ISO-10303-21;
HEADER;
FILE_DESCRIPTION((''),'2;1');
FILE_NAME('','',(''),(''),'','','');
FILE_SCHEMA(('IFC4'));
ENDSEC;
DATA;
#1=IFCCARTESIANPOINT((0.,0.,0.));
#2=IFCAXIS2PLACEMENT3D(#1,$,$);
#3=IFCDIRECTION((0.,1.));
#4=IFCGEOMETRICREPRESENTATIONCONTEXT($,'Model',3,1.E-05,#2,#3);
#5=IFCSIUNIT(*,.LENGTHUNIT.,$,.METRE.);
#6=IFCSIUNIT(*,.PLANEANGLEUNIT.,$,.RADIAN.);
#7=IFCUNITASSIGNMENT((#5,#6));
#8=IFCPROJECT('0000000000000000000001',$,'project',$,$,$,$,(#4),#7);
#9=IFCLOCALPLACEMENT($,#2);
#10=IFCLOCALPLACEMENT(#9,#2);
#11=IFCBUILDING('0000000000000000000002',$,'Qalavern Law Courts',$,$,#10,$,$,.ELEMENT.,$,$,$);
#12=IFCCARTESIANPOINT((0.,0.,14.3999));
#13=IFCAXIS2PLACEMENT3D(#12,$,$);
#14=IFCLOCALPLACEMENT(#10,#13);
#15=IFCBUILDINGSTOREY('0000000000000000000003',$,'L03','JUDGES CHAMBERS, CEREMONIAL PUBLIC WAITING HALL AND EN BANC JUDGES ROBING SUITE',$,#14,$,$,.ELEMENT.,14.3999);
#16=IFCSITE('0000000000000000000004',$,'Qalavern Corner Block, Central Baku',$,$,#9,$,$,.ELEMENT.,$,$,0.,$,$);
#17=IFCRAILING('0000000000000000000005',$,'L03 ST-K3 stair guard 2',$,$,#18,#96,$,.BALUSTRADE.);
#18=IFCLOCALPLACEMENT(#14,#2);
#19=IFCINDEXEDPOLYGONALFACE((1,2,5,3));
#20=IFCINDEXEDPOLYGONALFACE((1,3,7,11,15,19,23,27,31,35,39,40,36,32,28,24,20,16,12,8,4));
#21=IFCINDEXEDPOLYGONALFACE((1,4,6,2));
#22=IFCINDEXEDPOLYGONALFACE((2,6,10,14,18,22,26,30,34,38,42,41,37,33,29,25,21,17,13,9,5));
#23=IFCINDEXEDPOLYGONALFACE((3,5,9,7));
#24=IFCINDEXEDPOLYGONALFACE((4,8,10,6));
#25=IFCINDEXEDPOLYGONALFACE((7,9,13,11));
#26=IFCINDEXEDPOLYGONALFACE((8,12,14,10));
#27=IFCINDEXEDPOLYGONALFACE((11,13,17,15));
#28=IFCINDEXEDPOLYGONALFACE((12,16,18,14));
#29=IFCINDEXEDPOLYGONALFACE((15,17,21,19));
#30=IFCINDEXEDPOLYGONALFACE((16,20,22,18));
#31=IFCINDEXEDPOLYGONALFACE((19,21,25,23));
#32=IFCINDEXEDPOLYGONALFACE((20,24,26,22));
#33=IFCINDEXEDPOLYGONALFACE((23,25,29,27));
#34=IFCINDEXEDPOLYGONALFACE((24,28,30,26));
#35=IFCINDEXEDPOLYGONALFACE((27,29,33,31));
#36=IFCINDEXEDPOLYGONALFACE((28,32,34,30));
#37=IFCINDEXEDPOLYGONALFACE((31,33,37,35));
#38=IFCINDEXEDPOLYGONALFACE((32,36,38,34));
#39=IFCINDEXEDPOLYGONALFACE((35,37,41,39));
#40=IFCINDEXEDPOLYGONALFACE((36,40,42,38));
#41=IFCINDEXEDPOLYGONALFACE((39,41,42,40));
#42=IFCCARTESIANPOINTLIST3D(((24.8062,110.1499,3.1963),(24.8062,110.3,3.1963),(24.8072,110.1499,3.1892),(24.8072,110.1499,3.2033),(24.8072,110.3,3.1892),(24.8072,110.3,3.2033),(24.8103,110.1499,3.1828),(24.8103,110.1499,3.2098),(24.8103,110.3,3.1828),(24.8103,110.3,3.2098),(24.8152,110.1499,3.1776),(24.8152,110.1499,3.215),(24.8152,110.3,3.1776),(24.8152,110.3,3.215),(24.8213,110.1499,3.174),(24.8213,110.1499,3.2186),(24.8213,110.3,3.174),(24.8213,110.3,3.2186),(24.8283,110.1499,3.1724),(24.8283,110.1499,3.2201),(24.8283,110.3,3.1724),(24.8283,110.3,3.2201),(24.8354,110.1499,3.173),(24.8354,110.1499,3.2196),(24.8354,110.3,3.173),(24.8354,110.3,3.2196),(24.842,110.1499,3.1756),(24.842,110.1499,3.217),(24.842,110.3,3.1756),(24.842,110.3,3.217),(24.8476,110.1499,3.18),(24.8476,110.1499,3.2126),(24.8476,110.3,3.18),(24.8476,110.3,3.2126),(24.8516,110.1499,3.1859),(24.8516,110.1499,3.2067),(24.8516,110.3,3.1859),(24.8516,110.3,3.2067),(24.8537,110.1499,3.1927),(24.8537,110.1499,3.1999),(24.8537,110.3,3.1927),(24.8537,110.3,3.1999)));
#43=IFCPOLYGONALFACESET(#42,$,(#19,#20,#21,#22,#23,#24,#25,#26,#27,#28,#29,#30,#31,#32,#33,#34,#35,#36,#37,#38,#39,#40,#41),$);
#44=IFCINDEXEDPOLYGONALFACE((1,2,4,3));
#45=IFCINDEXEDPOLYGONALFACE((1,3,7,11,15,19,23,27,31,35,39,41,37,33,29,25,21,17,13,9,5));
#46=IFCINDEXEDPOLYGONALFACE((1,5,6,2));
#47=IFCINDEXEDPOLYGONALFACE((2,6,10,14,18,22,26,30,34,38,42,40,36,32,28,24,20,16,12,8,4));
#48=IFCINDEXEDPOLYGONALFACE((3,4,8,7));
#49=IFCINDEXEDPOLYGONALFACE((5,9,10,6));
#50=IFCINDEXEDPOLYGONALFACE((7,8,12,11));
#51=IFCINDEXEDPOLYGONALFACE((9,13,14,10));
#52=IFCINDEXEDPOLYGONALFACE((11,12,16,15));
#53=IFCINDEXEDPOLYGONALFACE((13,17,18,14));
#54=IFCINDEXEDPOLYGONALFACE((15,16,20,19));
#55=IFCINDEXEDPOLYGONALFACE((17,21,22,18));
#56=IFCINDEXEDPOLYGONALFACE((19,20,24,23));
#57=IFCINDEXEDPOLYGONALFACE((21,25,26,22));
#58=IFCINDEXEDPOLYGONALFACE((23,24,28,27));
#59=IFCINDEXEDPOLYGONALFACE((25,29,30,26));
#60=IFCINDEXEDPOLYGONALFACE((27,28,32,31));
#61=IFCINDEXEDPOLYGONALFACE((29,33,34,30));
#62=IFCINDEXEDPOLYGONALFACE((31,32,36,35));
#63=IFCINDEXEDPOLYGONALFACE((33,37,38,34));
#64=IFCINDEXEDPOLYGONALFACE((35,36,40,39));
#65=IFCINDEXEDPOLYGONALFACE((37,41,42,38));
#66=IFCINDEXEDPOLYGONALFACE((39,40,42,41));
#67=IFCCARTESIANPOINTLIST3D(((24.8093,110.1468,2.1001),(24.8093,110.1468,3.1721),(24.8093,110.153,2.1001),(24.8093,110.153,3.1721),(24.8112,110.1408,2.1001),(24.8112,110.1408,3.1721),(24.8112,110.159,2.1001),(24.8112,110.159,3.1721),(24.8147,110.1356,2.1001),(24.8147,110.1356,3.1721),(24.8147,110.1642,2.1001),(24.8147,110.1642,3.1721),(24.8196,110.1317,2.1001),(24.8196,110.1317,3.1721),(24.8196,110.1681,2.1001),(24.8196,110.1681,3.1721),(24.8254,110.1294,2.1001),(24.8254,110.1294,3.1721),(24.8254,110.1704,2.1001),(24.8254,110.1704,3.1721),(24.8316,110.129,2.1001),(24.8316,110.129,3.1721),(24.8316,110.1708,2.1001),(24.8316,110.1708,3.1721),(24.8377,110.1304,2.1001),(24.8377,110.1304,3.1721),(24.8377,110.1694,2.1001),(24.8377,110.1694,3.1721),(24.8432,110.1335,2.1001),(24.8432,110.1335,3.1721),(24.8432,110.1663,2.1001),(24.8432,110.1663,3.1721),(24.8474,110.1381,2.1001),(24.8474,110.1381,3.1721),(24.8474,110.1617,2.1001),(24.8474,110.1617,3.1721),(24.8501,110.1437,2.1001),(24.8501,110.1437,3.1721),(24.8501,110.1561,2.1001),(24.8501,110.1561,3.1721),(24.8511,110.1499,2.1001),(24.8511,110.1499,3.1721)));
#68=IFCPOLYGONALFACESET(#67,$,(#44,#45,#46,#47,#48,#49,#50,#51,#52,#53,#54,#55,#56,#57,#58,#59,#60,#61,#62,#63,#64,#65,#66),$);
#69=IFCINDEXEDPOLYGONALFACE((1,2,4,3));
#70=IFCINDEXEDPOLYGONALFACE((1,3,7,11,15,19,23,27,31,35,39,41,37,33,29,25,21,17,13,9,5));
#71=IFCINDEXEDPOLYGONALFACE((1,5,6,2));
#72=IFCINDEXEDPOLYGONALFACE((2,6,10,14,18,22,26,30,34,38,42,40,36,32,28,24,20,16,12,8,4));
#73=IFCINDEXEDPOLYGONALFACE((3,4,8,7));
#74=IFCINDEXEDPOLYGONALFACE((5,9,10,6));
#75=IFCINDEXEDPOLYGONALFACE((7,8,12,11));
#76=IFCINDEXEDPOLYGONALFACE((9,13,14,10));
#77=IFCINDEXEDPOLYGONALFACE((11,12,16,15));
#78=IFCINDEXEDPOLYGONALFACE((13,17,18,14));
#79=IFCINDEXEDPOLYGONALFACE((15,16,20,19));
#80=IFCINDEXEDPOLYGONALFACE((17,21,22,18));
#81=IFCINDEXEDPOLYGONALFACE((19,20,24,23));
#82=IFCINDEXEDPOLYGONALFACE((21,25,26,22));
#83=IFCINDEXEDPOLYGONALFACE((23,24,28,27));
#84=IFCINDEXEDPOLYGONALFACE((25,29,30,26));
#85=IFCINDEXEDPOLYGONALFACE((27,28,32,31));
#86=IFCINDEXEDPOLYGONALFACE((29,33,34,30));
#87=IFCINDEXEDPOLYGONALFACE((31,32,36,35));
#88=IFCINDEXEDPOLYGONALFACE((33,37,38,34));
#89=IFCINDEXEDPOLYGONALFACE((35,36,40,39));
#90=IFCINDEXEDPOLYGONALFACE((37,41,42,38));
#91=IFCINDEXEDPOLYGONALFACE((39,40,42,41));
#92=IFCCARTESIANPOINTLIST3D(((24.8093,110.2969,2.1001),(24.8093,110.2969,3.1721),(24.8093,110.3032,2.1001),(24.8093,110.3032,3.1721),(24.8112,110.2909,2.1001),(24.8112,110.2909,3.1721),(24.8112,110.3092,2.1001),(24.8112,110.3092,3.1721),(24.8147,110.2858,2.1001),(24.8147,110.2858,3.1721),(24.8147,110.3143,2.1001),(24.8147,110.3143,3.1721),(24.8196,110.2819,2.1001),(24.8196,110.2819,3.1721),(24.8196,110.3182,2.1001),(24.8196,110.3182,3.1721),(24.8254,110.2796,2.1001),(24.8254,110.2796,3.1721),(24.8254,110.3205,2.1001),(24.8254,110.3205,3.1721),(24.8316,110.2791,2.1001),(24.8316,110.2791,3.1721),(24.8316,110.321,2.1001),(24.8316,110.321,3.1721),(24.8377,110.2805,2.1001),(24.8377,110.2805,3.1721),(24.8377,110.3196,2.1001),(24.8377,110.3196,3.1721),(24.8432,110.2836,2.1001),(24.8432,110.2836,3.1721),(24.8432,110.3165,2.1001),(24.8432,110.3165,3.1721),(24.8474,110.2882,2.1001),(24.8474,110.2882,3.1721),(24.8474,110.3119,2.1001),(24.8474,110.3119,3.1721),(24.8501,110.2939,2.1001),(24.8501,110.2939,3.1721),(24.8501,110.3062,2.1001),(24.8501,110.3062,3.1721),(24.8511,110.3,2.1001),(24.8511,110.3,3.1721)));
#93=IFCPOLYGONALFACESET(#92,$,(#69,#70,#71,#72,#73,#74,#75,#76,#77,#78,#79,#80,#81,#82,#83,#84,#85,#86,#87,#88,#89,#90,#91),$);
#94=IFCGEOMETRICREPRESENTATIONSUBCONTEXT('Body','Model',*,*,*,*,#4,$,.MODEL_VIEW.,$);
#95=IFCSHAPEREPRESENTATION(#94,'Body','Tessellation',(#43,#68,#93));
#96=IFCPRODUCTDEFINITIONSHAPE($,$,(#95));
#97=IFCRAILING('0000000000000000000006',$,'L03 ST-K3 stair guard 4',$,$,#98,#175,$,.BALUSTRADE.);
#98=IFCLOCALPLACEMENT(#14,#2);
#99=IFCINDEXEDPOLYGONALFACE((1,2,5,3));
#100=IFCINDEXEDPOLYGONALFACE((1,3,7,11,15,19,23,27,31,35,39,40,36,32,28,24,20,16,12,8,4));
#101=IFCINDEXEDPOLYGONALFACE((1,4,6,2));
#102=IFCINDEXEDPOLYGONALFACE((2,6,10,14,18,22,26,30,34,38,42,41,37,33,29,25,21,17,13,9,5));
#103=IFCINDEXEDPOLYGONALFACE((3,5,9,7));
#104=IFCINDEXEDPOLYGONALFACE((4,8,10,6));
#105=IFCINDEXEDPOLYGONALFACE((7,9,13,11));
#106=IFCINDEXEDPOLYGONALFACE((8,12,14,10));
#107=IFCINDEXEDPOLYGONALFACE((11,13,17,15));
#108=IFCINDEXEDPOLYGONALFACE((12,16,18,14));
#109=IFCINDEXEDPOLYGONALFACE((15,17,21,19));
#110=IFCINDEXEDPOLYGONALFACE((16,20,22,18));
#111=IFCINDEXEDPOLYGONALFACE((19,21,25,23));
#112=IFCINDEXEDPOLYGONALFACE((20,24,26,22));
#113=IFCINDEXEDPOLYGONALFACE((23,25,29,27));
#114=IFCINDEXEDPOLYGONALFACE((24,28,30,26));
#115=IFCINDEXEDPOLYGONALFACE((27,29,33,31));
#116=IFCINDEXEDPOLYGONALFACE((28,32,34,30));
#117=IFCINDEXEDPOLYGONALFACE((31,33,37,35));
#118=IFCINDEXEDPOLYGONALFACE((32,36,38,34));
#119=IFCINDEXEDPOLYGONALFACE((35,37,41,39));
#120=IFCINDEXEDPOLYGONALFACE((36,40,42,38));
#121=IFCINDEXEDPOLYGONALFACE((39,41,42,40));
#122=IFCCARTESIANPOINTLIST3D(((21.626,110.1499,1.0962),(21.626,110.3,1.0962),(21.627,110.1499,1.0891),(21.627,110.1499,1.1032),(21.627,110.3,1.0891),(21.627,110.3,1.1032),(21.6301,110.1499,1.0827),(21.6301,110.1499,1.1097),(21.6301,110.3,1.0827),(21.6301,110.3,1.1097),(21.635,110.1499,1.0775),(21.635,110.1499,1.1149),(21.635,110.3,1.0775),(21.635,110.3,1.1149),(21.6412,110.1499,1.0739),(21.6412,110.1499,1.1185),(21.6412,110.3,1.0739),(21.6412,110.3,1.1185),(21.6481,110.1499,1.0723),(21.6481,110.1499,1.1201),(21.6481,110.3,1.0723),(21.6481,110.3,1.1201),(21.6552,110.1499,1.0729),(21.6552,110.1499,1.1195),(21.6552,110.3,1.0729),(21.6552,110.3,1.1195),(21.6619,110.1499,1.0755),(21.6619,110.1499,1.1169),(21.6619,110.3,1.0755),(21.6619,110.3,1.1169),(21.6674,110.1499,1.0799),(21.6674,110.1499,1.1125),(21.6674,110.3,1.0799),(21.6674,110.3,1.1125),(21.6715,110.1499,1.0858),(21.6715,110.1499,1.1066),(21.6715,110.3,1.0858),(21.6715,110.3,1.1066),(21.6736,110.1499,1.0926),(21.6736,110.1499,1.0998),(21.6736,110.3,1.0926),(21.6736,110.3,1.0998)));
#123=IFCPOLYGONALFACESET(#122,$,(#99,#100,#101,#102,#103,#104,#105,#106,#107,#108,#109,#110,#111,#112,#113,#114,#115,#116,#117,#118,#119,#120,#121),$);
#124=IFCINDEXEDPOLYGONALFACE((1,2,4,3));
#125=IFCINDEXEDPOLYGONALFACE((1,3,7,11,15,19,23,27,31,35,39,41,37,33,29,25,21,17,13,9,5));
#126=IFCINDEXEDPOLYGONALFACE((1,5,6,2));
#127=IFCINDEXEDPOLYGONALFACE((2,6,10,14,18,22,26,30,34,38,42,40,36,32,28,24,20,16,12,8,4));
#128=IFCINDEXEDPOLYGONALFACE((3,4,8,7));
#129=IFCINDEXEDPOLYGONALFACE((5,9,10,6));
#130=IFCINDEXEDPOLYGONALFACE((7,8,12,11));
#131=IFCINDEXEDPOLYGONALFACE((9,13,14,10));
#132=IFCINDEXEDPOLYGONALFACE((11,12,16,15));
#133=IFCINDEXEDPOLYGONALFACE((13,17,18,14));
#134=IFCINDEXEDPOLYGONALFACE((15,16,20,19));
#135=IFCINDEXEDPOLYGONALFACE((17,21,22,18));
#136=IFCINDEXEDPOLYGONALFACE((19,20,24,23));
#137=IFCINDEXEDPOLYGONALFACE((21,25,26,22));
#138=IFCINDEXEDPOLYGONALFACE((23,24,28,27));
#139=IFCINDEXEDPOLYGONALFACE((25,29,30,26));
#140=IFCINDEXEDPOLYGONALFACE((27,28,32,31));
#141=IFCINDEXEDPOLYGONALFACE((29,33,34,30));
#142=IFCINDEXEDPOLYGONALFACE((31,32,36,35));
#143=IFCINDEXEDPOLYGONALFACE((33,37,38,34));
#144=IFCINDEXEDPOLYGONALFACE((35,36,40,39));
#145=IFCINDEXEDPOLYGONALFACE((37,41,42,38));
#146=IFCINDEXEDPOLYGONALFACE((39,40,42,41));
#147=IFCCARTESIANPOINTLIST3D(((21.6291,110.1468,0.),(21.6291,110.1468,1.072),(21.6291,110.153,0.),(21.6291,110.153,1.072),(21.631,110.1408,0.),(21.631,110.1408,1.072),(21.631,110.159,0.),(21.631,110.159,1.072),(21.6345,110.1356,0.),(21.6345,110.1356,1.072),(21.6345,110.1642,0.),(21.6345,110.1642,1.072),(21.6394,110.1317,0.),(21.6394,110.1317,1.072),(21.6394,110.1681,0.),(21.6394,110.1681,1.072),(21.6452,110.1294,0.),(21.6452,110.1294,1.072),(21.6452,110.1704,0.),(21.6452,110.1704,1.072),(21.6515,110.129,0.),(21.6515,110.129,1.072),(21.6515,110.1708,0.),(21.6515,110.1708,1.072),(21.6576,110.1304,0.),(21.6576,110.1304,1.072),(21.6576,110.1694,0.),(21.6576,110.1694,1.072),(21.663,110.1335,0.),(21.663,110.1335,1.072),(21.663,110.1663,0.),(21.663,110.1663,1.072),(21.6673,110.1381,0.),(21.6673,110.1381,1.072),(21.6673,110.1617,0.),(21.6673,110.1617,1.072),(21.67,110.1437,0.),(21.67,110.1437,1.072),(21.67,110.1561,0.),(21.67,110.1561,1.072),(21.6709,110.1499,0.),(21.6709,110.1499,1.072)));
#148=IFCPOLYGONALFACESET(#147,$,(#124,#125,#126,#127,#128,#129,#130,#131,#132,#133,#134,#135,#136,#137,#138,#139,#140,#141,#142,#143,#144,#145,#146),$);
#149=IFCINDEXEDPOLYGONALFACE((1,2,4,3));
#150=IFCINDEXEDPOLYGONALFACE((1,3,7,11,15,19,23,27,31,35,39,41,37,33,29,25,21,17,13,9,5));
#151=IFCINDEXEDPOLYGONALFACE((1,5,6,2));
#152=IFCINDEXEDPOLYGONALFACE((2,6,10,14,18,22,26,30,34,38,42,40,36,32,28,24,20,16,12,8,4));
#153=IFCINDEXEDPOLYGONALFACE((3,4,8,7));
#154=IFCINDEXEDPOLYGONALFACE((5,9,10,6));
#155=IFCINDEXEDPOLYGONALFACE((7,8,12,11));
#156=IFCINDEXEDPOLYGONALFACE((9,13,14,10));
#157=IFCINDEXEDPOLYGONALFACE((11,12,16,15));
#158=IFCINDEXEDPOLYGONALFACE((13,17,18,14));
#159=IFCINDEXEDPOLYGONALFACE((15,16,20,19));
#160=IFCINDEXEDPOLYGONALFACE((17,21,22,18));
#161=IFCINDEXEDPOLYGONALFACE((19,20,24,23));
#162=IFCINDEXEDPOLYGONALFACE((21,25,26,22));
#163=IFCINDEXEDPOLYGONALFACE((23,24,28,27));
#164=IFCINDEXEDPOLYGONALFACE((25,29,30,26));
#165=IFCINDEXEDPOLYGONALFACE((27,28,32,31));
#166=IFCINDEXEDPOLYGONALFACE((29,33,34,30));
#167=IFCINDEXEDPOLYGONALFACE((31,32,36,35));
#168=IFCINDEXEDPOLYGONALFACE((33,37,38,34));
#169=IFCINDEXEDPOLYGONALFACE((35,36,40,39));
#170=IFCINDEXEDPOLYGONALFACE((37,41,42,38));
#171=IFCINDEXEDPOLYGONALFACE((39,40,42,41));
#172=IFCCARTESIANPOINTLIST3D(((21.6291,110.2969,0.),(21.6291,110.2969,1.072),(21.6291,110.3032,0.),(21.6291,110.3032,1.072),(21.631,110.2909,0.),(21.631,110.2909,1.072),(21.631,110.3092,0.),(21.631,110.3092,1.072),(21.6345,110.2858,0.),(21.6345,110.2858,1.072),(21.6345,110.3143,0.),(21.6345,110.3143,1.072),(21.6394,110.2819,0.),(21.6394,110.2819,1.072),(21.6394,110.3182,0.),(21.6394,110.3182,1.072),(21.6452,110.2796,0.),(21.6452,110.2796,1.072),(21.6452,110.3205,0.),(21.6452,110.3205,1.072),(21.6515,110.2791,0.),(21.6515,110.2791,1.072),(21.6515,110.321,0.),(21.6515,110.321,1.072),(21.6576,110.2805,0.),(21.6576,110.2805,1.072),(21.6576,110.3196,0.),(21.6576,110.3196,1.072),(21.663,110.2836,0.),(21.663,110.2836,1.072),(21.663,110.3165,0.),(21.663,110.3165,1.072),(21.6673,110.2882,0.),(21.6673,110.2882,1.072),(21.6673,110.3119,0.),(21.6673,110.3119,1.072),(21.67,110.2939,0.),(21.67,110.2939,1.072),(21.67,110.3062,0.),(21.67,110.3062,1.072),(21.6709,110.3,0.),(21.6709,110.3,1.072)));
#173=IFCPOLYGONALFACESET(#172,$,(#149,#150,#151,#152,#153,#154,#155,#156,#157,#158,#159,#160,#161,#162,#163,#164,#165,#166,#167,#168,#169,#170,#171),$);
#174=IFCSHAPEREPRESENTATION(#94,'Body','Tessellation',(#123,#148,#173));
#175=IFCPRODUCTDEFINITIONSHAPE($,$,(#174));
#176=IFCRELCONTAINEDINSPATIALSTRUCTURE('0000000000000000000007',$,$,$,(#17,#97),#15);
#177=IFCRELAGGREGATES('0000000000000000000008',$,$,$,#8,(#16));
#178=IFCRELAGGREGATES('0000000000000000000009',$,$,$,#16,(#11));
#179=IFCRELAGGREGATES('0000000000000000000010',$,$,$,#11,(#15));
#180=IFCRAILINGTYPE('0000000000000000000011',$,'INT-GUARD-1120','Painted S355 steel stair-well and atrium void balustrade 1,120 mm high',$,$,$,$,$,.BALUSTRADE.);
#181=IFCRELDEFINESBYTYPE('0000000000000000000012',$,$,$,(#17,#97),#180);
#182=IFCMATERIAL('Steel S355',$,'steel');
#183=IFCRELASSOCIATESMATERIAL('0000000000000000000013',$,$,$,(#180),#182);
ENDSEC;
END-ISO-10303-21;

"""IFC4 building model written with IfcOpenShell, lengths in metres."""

from ifc_helpers import new_model, si_unit, direction, frame, origin, origin_2d, place, context, subcontext, project, spatial, circle, extrude, material, type_object, element, save


model = new_model("IFC4")

# Units and contexts
model_context = context("Model", 3, precision=1e-05, world=origin(), true_north=direction((0.0, 1.0)))
body_context = subcontext(model_context, "Body", "Model", "MODEL_VIEW")
ifc_project = project(units=[si_unit("LENGTHUNIT", "METRE"), si_unit("PLANEANGLEUNIT", "RADIAN")], contexts=[model_context])

# Site, building, storey
site_placement = place(None, origin())
site = spatial("IfcSite", under=ifc_project, at=site_placement, Name="Qalavern Corner Block, Central Baku", CompositionType="ELEMENT", RefElevation=0.0)
building_placement = place(site_placement, origin())
building = spatial("IfcBuilding", under=site, at=building_placement, Name="Qalavern Law Courts", CompositionType="ELEMENT")
storey_placement = place(building_placement, frame((0.0, 0.0, 14.3999)))
storey = spatial("IfcBuildingStorey", under=building, at=storey_placement, Name="L03", Description="JUDGES CHAMBERS, CEREMONIAL PUBLIC WAITING HALL AND EN BANC JUDGES ROBING SUITE", CompositionType="ELEMENT", Elevation=14.3999)

# Shared definitions
ifc_material_1 = material(Name="Steel S355", Category="steel")

# Railings
railing_type_1 = type_object("IfcRailingType", Name="INT-GUARD-1120", Description="Painted S355 steel stair-well and atrium void balustrade 1,120 mm high", PredefinedType="BALUSTRADE", material=ifc_material_1)
for number, where, name in (
    (1, (24.8301, 110.1499, 2.1001), "L03 ST-K3 stair guard 2"),
    (2, (21.6499, 110.1499, 0.0), "L03 ST-K3 stair guard 4"),
):
    element("IfcRailing", number, at=place(storey_placement, frame(where)), inside=storey, type_object=railing_type_1, Name=name, PredefinedType="BALUSTRADE", context=body_context, shape_type="SweptSolid", body=[
        extrude(circle(Radius=0.0239, at=origin_2d()), frame((0.0, 0.0, 1.0962), z_axis=(0.0, 1.0, 0.0), x_axis=(-1.0, 0.0, 0.0)), (0.0, 0.0, 1.0), 0.1501),
        extrude(circle(Radius=0.021, at=origin_2d()), origin(), (0.0, 0.0, 1.0), 1.072),
        extrude(circle(Radius=0.021, at=origin_2d()), frame((0.0, 0.1501, 0.0)), (0.0, 0.0, 1.0), 1.072),
    ])

save(model, "model.ifc")
